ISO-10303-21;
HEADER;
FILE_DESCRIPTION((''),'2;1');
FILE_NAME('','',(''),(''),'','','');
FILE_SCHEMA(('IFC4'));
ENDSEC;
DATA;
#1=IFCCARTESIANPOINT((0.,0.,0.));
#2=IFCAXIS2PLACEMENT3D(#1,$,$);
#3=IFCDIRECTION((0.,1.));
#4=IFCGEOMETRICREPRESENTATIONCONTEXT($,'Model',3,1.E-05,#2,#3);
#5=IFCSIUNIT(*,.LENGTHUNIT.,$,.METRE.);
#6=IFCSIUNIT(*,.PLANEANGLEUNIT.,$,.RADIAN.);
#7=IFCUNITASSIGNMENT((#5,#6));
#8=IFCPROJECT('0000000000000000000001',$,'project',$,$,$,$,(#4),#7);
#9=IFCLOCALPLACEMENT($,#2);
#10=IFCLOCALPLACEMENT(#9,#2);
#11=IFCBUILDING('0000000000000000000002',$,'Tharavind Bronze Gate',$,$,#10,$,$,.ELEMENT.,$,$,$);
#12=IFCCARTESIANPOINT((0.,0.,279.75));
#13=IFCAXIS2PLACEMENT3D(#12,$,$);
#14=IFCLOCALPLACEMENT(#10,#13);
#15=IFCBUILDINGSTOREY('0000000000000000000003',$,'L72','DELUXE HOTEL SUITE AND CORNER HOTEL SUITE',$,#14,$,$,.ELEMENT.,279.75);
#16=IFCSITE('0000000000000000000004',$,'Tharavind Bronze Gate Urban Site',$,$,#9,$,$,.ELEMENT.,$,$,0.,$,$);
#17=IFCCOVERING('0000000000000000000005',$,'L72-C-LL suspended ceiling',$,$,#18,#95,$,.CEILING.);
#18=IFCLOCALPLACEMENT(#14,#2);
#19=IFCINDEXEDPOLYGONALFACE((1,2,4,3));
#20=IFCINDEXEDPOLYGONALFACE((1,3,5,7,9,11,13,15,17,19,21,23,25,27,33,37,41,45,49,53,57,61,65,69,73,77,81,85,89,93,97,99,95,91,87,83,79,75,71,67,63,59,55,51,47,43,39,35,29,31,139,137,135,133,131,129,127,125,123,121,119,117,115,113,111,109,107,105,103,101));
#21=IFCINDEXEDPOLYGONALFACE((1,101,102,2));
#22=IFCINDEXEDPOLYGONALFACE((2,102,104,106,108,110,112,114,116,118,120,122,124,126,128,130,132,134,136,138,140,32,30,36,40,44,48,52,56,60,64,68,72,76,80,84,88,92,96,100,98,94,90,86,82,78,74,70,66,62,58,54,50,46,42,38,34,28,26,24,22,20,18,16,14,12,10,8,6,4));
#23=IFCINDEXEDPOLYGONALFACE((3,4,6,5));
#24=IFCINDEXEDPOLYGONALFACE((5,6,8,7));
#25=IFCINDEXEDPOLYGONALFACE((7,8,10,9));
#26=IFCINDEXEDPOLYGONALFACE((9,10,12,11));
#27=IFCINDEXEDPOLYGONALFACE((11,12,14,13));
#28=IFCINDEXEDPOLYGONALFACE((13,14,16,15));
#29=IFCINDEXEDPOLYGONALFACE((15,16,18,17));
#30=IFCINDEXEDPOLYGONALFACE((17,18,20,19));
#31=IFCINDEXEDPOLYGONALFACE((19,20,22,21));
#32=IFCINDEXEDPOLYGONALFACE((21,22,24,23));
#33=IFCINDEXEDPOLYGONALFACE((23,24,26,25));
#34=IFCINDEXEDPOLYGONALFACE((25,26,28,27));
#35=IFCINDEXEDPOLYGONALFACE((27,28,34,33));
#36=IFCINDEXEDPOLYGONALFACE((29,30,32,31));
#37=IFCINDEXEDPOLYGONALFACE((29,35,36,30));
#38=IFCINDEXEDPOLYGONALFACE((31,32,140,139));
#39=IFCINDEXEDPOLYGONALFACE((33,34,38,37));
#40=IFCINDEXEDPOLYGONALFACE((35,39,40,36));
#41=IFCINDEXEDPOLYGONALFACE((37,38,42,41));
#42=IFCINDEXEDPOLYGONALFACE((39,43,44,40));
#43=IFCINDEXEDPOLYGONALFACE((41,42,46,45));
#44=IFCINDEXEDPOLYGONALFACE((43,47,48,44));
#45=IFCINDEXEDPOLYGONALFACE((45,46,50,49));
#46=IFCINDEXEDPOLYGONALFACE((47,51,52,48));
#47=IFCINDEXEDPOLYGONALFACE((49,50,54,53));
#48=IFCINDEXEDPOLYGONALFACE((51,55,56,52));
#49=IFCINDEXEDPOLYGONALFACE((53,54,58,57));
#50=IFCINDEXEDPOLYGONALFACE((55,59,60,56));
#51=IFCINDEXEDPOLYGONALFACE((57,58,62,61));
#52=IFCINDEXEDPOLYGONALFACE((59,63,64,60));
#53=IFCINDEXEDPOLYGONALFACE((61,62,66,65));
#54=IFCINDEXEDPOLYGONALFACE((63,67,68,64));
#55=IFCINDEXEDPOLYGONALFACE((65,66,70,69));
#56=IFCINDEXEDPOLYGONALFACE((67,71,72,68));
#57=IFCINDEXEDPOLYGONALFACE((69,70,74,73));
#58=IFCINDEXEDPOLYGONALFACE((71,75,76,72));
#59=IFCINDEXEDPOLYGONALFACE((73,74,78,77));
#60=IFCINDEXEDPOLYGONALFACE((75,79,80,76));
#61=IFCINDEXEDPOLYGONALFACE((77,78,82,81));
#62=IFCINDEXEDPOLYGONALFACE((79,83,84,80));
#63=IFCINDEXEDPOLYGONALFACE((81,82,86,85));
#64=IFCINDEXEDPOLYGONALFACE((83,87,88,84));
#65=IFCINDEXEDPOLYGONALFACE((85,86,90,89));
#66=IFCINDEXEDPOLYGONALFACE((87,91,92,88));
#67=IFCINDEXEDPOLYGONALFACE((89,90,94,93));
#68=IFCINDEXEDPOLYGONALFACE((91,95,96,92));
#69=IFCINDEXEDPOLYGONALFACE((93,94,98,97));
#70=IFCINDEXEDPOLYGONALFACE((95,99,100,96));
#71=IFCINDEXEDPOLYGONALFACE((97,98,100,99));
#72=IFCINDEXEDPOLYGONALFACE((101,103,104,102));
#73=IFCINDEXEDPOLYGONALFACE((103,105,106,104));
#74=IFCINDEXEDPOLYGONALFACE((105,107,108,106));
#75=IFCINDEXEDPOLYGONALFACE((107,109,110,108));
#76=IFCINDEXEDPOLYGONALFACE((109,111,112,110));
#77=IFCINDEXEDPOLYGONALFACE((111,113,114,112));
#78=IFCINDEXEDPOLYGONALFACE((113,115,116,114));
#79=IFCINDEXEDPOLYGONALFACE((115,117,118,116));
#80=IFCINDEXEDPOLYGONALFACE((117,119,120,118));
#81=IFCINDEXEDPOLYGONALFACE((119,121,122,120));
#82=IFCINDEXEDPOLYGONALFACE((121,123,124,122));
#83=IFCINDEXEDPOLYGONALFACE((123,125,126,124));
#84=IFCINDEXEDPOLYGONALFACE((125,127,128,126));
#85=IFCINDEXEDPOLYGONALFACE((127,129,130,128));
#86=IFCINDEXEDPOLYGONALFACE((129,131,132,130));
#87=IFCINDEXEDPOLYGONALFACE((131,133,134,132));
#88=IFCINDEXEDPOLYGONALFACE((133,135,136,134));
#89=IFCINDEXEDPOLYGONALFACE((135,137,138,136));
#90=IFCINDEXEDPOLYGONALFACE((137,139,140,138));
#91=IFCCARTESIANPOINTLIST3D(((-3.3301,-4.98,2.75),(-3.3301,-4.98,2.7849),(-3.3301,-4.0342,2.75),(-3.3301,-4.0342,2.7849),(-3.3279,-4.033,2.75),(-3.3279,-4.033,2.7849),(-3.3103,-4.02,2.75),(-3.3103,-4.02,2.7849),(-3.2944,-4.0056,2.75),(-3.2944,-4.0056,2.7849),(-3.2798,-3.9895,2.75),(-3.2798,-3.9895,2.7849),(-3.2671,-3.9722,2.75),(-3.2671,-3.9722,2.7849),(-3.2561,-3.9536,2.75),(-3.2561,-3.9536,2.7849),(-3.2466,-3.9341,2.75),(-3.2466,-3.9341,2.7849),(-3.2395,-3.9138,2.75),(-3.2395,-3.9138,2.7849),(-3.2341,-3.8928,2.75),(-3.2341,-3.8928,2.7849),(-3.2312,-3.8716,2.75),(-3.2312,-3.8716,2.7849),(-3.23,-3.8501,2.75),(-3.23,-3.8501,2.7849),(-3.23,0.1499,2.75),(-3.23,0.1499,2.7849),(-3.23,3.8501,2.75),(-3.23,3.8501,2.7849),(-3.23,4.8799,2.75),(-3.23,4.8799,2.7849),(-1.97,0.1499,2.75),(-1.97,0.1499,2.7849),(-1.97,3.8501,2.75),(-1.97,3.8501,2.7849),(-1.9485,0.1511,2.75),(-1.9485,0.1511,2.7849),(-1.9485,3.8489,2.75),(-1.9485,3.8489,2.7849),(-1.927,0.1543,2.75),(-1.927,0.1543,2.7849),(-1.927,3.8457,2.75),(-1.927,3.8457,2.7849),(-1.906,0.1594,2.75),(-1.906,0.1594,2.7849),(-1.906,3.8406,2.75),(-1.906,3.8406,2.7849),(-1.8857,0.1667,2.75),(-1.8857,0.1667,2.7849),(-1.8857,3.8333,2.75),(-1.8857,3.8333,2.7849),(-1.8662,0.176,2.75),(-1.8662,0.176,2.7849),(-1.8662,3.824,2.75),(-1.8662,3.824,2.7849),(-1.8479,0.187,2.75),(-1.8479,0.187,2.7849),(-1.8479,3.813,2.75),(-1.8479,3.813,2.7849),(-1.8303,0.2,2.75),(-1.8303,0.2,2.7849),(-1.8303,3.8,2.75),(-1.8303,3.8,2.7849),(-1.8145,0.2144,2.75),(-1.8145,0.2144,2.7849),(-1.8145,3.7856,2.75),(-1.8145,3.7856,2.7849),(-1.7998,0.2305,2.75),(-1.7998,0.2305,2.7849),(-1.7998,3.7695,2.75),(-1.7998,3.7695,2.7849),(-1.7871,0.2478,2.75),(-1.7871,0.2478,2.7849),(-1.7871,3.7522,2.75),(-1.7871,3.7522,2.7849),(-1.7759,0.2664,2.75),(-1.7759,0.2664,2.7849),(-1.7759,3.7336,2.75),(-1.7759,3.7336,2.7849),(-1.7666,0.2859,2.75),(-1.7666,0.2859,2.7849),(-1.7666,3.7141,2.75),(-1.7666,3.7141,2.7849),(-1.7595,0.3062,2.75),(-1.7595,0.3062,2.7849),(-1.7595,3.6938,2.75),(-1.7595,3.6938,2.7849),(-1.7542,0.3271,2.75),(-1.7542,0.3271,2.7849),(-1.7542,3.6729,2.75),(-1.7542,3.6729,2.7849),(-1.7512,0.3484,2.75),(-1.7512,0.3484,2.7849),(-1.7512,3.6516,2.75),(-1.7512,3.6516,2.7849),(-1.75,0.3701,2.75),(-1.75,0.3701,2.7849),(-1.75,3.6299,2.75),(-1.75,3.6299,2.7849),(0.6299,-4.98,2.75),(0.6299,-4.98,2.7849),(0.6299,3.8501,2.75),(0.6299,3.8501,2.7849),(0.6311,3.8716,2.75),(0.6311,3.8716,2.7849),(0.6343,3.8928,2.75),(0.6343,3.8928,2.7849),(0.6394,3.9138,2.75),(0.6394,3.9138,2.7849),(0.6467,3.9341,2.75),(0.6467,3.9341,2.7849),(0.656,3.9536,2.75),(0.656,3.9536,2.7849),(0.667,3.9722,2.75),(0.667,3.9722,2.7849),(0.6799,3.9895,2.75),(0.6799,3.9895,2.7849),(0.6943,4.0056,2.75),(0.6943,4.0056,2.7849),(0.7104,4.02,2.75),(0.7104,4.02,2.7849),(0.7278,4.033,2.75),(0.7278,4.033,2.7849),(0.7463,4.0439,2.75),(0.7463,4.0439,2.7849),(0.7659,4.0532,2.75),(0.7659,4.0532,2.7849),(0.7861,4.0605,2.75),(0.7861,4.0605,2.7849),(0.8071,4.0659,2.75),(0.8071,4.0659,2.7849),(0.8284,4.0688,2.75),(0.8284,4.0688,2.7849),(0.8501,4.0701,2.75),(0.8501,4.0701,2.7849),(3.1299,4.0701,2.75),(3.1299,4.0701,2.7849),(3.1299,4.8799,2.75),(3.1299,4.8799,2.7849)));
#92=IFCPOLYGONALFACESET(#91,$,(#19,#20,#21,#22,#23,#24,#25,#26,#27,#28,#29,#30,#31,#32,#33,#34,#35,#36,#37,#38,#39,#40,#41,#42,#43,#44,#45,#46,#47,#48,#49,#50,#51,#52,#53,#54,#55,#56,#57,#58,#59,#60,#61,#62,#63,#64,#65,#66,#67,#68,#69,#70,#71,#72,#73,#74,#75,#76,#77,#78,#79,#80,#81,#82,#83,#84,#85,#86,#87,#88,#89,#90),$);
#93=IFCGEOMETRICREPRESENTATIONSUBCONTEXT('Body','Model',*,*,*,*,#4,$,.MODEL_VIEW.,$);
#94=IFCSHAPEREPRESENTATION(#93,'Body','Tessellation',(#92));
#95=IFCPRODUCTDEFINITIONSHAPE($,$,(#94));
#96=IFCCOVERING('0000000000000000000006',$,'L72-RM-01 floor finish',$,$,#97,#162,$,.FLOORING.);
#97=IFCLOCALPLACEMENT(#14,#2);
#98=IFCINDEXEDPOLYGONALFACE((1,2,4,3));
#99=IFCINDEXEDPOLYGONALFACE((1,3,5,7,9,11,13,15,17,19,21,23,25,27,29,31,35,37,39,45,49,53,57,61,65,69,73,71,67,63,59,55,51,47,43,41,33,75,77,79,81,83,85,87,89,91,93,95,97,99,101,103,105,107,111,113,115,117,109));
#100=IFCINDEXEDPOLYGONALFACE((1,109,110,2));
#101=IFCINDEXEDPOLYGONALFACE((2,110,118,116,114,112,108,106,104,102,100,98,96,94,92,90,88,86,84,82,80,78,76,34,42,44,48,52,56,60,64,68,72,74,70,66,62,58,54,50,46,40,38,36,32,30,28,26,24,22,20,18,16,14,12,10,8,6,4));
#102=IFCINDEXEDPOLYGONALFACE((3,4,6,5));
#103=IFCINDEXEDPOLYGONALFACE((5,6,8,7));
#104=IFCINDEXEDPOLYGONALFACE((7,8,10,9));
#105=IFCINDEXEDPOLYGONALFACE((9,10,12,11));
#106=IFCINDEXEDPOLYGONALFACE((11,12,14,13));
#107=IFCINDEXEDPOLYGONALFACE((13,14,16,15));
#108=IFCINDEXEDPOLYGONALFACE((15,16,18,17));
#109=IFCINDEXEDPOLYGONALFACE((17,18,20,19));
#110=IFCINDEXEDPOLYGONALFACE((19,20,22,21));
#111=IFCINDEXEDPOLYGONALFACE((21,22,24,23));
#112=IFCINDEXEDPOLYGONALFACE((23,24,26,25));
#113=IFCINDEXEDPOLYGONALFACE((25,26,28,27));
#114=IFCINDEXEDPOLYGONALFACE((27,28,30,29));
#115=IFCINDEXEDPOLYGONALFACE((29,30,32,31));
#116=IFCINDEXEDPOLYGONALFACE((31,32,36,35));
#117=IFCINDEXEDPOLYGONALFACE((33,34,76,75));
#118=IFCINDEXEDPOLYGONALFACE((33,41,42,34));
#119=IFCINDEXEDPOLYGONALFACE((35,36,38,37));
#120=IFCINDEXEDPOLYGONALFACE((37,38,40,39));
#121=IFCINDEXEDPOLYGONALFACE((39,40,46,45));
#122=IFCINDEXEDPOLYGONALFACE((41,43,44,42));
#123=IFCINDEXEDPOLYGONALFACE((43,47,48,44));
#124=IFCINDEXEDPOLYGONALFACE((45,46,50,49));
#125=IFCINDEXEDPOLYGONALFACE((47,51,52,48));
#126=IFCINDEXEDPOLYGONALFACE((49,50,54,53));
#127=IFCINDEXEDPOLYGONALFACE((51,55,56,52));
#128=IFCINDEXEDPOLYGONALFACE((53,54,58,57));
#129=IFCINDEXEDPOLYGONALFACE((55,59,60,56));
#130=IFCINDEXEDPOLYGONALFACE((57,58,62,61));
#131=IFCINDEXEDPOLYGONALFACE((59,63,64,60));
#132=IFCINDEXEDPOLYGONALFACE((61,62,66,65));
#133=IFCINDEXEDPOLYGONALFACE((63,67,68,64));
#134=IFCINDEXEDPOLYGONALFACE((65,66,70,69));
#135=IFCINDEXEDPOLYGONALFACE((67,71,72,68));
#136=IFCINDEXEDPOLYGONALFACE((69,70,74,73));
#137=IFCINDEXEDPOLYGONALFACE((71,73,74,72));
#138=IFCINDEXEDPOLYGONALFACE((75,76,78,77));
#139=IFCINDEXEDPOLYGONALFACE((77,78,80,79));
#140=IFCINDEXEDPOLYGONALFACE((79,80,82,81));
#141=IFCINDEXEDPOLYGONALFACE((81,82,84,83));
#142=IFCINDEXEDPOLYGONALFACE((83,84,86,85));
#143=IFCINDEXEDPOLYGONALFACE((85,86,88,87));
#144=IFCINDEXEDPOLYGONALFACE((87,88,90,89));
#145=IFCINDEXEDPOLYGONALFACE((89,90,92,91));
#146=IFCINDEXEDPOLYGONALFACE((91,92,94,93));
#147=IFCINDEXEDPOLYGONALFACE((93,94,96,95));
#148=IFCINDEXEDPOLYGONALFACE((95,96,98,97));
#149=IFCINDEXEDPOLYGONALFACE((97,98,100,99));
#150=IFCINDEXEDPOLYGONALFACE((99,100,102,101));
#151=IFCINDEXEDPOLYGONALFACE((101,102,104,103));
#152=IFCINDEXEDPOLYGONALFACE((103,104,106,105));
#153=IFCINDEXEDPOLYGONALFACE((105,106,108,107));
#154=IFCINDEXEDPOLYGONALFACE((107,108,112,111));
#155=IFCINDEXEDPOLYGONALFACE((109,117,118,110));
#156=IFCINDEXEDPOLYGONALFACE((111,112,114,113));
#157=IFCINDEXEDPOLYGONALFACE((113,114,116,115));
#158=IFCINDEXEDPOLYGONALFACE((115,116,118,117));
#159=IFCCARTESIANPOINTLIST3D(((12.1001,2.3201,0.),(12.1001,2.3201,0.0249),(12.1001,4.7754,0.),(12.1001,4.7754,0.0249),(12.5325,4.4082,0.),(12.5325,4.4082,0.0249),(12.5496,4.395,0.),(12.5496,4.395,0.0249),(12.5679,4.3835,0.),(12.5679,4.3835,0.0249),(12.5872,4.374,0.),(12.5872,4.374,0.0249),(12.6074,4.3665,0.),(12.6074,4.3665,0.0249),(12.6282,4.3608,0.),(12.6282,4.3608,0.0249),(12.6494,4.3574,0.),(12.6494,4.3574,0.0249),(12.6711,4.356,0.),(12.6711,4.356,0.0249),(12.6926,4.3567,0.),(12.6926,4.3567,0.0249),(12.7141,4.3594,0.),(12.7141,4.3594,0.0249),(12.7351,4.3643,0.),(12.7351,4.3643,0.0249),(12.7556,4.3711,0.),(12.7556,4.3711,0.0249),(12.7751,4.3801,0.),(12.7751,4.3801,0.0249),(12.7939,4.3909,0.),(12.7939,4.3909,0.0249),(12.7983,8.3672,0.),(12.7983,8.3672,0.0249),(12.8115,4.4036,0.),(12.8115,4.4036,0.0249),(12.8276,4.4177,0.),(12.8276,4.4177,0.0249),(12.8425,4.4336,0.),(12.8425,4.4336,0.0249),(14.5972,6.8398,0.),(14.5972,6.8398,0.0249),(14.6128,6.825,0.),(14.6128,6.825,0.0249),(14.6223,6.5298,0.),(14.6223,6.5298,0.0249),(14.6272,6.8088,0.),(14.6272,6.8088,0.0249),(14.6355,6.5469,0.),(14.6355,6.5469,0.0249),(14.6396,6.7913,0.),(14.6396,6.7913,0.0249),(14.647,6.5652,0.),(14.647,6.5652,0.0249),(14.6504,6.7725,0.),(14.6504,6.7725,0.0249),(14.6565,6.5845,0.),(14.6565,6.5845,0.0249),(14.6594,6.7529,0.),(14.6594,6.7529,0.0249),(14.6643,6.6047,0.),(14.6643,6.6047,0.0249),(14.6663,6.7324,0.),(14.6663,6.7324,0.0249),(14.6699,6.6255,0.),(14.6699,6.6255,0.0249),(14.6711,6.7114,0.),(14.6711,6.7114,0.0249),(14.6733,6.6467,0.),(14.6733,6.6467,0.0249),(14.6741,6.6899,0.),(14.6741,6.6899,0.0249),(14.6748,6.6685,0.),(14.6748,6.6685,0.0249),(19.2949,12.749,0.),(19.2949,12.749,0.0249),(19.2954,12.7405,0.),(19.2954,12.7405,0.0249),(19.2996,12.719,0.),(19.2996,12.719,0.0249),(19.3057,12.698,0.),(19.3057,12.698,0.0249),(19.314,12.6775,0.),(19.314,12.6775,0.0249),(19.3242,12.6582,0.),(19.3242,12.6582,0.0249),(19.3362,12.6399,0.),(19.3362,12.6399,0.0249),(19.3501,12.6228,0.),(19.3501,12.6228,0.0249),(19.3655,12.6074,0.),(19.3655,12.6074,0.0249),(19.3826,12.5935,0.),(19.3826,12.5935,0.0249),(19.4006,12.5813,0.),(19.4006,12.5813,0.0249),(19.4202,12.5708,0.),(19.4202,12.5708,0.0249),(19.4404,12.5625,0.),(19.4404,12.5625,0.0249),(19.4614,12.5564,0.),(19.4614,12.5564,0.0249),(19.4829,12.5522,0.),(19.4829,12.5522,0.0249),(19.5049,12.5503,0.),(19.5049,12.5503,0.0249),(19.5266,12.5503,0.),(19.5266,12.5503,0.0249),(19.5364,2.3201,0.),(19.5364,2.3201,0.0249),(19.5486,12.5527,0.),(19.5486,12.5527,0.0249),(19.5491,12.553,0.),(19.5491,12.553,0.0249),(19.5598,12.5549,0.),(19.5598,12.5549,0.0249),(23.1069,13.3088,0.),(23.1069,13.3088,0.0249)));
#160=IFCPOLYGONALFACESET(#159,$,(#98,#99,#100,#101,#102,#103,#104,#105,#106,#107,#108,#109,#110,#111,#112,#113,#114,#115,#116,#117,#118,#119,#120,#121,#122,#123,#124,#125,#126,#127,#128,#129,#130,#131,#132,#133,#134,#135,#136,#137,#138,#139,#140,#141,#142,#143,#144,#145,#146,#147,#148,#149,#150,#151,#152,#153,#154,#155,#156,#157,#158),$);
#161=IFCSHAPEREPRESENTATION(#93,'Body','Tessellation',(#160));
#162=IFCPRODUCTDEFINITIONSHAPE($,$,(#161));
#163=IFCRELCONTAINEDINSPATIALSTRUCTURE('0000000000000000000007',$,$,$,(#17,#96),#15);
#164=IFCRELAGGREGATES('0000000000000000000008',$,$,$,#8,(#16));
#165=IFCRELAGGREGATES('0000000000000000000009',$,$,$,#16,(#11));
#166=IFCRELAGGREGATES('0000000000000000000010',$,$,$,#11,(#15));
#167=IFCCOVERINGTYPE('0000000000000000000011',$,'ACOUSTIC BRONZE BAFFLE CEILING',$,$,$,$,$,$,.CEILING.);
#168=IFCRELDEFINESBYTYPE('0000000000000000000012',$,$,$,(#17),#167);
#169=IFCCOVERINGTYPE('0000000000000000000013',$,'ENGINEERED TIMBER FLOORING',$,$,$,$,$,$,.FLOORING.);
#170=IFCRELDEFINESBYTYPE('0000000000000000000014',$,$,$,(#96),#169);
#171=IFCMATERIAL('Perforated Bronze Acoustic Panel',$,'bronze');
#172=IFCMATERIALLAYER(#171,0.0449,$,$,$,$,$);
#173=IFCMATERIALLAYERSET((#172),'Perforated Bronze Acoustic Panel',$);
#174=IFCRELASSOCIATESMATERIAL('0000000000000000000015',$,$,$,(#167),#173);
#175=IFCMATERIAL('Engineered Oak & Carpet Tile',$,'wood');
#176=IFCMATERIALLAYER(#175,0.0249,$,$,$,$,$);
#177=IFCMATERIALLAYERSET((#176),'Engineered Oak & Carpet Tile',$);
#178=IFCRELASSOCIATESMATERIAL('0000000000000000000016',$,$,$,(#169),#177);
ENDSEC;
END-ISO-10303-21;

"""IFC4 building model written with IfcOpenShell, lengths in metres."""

from ifc_helpers import new_model, si_unit, direction, frame, origin, place, context, subcontext, project, spatial, polyline, outline, extrude, material, layer, layer_set, type_object, element, save


model = new_model("IFC4")

# Units and contexts
model_context = context("Model", 3, precision=1e-05, world=origin(), true_north=direction((0.0, 1.0)))
body_context = subcontext(model_context, "Body", "Model", "MODEL_VIEW")
ifc_project = project(units=[si_unit("LENGTHUNIT", "METRE"), si_unit("PLANEANGLEUNIT", "RADIAN")], contexts=[model_context])

# Site, building, storey
site_placement = place(None, origin())
site = spatial("IfcSite", under=ifc_project, at=site_placement, Name="Tharavind Bronze Gate Urban Site", CompositionType="ELEMENT", RefElevation=0.0)
building_placement = place(site_placement, origin())
building = spatial("IfcBuilding", under=site, at=building_placement, Name="Tharavind Bronze Gate", CompositionType="ELEMENT")
storey_placement = place(building_placement, frame((0.0, 0.0, 279.75)))
storey = spatial("IfcBuildingStorey", under=building, at=storey_placement, Name="L72", Description="DELUXE HOTEL SUITE AND CORNER HOTEL SUITE", CompositionType="ELEMENT", Elevation=279.75)

# Coverings
ifc_material_1 = material(Name="Perforated Bronze Acoustic Panel", Category="bronze")
ifc_layer_1 = layer(ifc_material_1, 0.0449)
ifc_layer_set_1 = layer_set([ifc_layer_1], Name="Perforated Bronze Acoustic Panel")
covering_type_1 = type_object("IfcCoveringType", Name="ACOUSTIC BRONZE BAFFLE CEILING", PredefinedType="CEILING", material=ifc_layer_set_1)
covering_1_placement = place(storey_placement, frame((0.0, 0.0, 2.75)))
element("IfcCovering", 1, at=covering_1_placement, inside=storey, type_object=covering_type_1, Name="L72-C-LL suspended ceiling", PredefinedType="CEILING", context=body_context, shape_type="SweptSolid", body=[
    extrude(outline(polyline([(-3.3301, -4.98), (0.6299, -4.98), (0.6299, 3.8501), (0.6311, 3.8716), (0.6343, 3.8928), (0.6394, 3.9138), (0.6467, 3.9341), (0.656, 3.9536), (0.667, 3.9722), (0.6799, 3.9895), (0.6943, 4.0056), (0.7104, 4.02), (0.7278, 4.033), (0.7463, 4.0439), (0.7659, 4.0532), (0.7861, 4.0605), (0.8071, 4.0659), (0.8284, 4.0688), (0.8501, 4.0701), (3.1299, 4.0701), (3.1299, 4.8799), (-3.23, 4.8799), (-3.23, 3.8501), (-1.97, 3.8501), (-1.9485, 3.8489), (-1.927, 3.8457), (-1.906, 3.8406), (-1.8857, 3.8333), (-1.8662, 3.824), (-1.8479, 3.813), (-1.8303, 3.8), (-1.8145, 3.7856), (-1.7998, 3.7695), (-1.7871, 3.7522), (-1.7759, 3.7336), (-1.7666, 3.7141), (-1.7595, 3.6938), (-1.7542, 3.6729), (-1.7512, 3.6516), (-1.75, 3.6299), (-1.75, 0.3701), (-1.7512, 0.3484), (-1.7542, 0.3271), (-1.7595, 0.3062), (-1.7666, 0.2859), (-1.7759, 0.2664), (-1.7871, 0.2478), (-1.7998, 0.2305), (-1.8145, 0.2144), (-1.8303, 0.2), (-1.8479, 0.187), (-1.8662, 0.176), (-1.8857, 0.1667), (-1.906, 0.1594), (-1.927, 0.1543), (-1.9485, 0.1511), (-1.97, 0.1499), (-3.23, 0.1499), (-3.23, -3.8501), (-3.2312, -3.8716), (-3.2341, -3.8928), (-3.2395, -3.9138), (-3.2466, -3.9341), (-3.2561, -3.9536), (-3.2671, -3.9722), (-3.2798, -3.9895), (-3.2944, -4.0056), (-3.3103, -4.02), (-3.3279, -4.033), (-3.3301, -4.0342), (-3.3301, -4.98)])), origin(), (0.0, 0.0, 1.0), 0.0349),
])
ifc_material_2 = material(Name="Engineered Oak & Carpet Tile", Category="wood")
ifc_layer_2 = layer(ifc_material_2, 0.0249)
ifc_layer_set_2 = layer_set([ifc_layer_2], Name="Engineered Oak & Carpet Tile")
covering_type_2 = type_object("IfcCoveringType", Name="ENGINEERED TIMBER FLOORING", PredefinedType="FLOORING", material=ifc_layer_set_2)
covering_2_placement = place(storey_placement, origin())
element("IfcCovering", 2, at=covering_2_placement, inside=storey, type_object=covering_type_2, Name="L72-RM-01 floor finish", PredefinedType="FLOORING", context=body_context, shape_type="SweptSolid", body=[
    extrude(outline(polyline([(19.5364, 2.3201), (23.1069, 13.3088), (19.5598, 12.5549), (19.5491, 12.553), (19.5486, 12.5527), (19.5266, 12.5503), (19.5049, 12.5503), (19.4829, 12.5522), (19.4614, 12.5564), (19.4404, 12.5625), (19.4202, 12.5708), (19.4006, 12.5813), (19.3826, 12.5935), (19.3655, 12.6074), (19.3501, 12.6228), (19.3362, 12.6399), (19.3242, 12.6582), (19.314, 12.6775), (19.3057, 12.698), (19.2996, 12.719), (19.2954, 12.7405), (19.2949, 12.749), (12.7983, 8.3672), (14.5972, 6.8398), (14.6128, 6.825), (14.6272, 6.8088), (14.6396, 6.7913), (14.6504, 6.7725), (14.6594, 6.7529), (14.6663, 6.7324), (14.6711, 6.7114), (14.6741, 6.6899), (14.6748, 6.6685), (14.6733, 6.6467), (14.6699, 6.6255), (14.6643, 6.6047), (14.6565, 6.5845), (14.647, 6.5652), (14.6355, 6.5469), (14.6223, 6.5298), (12.8425, 4.4336), (12.8276, 4.4177), (12.8115, 4.4036), (12.7939, 4.3909), (12.7751, 4.3801), (12.7556, 4.3711), (12.7351, 4.3643), (12.7141, 4.3594), (12.6926, 4.3567), (12.6711, 4.356), (12.6494, 4.3574), (12.6282, 4.3608), (12.6074, 4.3665), (12.5872, 4.374), (12.5679, 4.3835), (12.5496, 4.395), (12.5325, 4.4082), (12.1001, 4.7754), (12.1001, 2.3201), (19.5364, 2.3201)])), origin(), (0.0, 0.0, 1.0), 0.0249),
])

save(model, "model.ifc")
